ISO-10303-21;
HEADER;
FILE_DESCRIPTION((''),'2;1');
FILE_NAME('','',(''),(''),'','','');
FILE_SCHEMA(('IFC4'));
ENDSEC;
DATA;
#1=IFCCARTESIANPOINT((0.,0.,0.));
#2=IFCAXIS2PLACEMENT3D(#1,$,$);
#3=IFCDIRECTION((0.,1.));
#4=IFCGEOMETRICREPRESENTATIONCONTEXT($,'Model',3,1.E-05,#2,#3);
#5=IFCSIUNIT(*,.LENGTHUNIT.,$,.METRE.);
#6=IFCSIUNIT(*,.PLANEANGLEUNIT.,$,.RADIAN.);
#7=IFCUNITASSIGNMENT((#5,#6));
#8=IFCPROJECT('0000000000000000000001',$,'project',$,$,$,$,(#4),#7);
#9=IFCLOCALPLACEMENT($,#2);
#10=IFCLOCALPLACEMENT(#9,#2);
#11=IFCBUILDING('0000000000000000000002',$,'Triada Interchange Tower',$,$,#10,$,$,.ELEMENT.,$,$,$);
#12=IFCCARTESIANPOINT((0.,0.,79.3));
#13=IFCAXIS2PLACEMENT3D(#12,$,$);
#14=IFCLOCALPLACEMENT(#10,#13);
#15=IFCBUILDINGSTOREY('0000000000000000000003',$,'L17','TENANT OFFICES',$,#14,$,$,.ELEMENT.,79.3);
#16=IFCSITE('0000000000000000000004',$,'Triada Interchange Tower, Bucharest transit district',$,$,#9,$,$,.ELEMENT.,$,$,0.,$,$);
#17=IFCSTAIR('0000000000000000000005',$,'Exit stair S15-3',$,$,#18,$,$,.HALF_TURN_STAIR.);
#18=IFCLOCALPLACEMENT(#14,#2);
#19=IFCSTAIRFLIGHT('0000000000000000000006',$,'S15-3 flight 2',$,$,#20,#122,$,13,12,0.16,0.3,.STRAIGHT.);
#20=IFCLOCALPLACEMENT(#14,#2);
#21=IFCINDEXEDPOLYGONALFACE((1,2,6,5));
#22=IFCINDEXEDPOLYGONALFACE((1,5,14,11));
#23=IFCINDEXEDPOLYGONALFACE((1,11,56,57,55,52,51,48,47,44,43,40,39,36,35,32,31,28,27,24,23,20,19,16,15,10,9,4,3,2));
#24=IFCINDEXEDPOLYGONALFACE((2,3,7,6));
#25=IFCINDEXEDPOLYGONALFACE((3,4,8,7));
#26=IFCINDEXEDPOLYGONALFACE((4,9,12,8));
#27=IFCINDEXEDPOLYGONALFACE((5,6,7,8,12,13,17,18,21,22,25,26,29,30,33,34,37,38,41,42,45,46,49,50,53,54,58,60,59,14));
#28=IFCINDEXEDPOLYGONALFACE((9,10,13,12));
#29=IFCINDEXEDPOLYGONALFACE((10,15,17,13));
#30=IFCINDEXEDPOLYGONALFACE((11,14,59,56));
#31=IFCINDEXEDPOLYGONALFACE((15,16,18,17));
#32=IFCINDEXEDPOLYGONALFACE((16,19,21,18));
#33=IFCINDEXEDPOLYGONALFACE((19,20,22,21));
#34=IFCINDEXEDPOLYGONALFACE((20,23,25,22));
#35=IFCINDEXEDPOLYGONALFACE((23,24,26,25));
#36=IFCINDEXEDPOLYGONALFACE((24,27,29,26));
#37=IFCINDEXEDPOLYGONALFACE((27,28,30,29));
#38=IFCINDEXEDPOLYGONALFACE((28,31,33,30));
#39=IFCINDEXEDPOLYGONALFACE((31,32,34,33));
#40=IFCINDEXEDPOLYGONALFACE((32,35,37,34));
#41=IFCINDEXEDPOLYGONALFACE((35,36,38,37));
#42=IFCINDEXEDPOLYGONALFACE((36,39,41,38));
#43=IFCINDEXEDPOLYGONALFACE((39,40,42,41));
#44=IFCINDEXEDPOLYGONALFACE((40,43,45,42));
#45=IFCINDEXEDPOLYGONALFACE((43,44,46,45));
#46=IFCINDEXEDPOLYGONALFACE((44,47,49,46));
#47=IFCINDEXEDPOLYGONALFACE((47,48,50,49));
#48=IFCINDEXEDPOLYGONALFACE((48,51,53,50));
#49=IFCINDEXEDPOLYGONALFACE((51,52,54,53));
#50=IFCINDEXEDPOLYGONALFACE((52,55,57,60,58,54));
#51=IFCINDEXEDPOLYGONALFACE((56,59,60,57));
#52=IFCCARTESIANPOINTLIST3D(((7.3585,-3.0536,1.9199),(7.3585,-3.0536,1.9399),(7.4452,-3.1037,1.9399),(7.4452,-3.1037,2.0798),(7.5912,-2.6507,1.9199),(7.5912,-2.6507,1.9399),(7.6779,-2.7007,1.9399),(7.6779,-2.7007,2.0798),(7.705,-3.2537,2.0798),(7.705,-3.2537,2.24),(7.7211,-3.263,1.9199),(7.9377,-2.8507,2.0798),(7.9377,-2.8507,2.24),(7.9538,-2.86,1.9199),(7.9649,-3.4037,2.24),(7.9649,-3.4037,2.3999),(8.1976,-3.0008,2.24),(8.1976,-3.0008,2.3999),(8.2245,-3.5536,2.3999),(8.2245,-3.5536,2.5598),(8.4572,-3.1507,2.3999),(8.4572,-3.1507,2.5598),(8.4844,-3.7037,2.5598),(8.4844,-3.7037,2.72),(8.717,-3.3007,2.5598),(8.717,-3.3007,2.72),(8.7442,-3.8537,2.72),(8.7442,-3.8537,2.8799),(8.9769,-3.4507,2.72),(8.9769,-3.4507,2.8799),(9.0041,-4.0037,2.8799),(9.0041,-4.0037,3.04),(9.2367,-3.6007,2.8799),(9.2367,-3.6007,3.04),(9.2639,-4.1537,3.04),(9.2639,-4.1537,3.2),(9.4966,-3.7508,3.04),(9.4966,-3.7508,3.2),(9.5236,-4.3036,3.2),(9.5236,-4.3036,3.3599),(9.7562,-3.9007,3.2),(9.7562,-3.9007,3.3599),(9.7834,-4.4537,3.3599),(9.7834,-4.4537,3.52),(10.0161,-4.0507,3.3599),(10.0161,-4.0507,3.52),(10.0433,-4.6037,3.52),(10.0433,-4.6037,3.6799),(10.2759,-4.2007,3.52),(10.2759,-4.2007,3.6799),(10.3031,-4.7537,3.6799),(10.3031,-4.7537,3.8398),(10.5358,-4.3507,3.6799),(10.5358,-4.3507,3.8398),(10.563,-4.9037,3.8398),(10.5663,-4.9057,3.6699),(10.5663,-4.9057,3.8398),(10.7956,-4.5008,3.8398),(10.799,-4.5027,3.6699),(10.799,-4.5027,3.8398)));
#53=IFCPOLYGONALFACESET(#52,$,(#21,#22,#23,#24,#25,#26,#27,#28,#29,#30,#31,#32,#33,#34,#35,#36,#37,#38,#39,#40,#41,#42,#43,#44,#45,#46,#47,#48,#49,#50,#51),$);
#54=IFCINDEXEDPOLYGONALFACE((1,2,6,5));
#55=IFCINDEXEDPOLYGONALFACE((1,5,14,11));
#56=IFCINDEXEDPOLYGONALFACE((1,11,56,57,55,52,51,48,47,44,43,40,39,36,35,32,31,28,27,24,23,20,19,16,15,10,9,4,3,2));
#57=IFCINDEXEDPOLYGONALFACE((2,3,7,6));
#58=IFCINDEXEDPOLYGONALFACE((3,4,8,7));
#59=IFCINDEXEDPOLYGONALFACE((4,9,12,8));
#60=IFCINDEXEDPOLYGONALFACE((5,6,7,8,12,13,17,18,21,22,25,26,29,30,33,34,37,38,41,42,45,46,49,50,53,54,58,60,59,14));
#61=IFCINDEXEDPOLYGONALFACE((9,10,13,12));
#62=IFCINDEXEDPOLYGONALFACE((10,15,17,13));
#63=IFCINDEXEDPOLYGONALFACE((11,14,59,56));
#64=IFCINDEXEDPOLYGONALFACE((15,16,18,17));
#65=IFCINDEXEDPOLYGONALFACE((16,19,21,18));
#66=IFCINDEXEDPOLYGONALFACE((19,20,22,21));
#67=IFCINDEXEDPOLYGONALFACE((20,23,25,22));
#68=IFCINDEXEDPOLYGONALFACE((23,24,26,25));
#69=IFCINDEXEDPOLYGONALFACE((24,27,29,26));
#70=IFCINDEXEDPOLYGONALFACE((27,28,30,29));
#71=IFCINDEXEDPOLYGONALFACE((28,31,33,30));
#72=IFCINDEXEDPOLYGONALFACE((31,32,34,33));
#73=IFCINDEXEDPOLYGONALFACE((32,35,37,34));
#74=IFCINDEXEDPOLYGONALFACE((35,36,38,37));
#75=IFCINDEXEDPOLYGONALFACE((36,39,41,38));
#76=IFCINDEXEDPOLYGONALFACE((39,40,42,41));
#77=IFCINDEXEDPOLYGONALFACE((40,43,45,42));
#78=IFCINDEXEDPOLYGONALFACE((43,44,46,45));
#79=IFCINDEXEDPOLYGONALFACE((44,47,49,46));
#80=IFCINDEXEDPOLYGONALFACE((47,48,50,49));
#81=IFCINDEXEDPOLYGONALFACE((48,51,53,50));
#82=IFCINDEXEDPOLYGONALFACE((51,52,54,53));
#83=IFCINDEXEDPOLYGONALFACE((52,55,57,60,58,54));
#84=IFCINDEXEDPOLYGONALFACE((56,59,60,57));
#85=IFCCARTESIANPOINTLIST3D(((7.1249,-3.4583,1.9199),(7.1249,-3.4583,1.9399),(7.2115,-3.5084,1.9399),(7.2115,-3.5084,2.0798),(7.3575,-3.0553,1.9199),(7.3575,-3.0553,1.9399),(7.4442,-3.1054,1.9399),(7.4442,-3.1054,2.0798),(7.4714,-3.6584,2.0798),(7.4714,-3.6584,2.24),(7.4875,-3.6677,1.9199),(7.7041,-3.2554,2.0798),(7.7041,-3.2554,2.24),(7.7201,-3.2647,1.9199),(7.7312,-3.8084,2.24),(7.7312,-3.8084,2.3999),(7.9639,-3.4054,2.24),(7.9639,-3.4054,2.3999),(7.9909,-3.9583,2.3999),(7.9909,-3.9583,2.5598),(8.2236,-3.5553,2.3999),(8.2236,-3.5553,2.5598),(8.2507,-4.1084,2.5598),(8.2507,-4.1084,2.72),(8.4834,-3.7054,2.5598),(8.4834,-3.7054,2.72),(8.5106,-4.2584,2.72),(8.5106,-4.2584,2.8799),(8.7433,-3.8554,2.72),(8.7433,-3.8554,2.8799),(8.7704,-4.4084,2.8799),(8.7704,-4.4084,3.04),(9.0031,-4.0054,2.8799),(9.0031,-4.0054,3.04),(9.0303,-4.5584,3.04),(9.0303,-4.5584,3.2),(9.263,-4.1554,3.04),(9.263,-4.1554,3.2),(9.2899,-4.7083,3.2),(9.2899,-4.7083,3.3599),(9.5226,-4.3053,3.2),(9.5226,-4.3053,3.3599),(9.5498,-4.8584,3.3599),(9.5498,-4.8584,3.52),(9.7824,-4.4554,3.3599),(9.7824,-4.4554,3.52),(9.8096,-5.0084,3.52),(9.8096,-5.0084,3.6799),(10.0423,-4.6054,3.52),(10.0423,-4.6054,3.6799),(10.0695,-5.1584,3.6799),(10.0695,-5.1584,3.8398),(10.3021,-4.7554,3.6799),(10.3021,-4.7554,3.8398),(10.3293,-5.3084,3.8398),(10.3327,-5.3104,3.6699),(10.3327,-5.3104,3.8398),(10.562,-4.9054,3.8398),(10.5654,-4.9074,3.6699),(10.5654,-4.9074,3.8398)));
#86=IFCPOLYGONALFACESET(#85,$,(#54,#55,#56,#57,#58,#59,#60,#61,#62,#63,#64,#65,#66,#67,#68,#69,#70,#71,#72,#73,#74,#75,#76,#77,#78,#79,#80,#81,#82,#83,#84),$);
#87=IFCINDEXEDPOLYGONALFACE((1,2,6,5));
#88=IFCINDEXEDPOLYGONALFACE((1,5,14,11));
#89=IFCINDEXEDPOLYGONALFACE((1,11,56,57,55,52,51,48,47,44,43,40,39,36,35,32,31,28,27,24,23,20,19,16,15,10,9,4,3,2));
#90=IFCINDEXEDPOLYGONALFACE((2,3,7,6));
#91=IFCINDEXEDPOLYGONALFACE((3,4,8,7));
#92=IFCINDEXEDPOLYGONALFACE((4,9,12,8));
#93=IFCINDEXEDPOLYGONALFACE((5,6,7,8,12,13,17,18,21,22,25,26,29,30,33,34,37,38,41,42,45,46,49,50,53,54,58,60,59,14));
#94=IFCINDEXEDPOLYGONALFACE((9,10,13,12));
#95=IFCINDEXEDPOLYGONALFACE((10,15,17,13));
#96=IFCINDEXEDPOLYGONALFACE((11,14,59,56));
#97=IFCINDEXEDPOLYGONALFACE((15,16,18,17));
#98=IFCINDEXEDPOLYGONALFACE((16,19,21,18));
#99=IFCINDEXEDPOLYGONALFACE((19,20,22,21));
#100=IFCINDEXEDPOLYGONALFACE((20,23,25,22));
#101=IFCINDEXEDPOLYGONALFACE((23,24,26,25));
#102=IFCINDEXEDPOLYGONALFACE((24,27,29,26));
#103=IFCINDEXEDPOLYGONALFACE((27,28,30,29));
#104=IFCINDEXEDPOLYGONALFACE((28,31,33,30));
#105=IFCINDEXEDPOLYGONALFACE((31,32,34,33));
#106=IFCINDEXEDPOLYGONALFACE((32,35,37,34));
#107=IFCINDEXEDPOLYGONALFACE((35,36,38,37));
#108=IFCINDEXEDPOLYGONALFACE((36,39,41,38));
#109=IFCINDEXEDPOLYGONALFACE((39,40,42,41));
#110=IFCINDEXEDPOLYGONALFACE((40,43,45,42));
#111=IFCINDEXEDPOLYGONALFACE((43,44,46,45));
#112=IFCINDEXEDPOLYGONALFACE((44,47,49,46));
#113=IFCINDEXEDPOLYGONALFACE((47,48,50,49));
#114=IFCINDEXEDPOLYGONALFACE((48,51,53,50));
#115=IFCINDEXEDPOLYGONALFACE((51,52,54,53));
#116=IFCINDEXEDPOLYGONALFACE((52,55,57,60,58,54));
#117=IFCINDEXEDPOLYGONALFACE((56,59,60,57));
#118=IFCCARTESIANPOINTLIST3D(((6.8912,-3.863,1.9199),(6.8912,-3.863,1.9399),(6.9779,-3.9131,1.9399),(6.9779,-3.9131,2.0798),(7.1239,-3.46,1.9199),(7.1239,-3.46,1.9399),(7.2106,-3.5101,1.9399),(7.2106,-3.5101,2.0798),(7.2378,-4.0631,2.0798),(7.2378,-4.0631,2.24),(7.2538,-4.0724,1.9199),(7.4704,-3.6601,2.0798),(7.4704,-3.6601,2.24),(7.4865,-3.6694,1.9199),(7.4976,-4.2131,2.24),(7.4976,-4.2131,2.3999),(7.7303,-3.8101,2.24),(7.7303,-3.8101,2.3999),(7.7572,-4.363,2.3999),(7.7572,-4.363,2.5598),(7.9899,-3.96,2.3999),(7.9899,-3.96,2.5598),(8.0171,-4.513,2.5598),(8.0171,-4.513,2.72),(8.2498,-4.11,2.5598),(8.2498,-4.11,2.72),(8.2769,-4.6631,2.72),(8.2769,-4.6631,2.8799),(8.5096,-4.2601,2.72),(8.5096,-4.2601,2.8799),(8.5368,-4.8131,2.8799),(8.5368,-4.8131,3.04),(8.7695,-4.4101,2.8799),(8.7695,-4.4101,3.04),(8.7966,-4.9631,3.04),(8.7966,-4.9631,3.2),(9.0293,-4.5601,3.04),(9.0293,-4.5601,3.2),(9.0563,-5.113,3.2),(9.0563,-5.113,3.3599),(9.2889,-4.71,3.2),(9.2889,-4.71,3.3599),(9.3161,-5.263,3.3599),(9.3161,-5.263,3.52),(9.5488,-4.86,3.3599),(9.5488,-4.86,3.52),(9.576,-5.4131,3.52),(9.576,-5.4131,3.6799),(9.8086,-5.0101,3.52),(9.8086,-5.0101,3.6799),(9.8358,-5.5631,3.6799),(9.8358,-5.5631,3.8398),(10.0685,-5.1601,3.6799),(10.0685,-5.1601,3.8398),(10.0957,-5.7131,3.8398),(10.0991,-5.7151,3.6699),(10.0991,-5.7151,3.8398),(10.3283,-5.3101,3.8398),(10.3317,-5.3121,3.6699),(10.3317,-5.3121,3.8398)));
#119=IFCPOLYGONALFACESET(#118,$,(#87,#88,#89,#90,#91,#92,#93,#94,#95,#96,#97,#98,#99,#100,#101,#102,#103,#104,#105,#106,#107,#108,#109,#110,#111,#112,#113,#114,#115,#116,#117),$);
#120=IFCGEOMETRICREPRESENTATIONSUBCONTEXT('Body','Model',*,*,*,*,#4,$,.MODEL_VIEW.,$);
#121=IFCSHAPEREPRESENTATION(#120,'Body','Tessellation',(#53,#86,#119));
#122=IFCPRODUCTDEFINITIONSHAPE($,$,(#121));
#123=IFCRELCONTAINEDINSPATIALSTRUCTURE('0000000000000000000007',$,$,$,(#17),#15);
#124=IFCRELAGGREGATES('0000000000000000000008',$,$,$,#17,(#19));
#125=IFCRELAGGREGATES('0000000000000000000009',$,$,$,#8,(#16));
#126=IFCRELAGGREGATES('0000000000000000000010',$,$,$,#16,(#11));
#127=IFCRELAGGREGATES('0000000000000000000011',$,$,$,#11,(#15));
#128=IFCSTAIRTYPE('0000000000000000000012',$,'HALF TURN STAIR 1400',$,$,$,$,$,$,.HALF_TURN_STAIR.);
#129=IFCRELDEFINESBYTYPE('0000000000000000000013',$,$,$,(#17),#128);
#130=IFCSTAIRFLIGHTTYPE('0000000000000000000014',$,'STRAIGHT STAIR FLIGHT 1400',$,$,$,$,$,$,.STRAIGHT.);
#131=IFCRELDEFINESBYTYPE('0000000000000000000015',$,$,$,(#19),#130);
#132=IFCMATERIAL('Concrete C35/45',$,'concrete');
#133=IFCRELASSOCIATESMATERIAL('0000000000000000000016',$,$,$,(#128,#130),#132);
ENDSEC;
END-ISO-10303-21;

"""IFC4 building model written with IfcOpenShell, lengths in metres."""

from ifc_helpers import new_model, si_unit, direction, frame, origin, place, context, subcontext, project, spatial, polyline, outline, extrude, material, type_object, element, aggregate, save


model = new_model("IFC4")

# Units and contexts
model_context = context("Model", 3, precision=1e-05, world=origin(), true_north=direction((0.0, 1.0)))
body_context = subcontext(model_context, "Body", "Model", "MODEL_VIEW")
ifc_project = project(units=[si_unit("LENGTHUNIT", "METRE"), si_unit("PLANEANGLEUNIT", "RADIAN")], contexts=[model_context])

# Site, building, storey
site_placement = place(None, origin())
site = spatial("IfcSite", under=ifc_project, at=site_placement, Name="Triada Interchange Tower, Bucharest transit district", CompositionType="ELEMENT", RefElevation=0.0)
building_placement = place(site_placement, origin())
building = spatial("IfcBuilding", under=site, at=building_placement, Name="Triada Interchange Tower", CompositionType="ELEMENT")
storey_placement = place(building_placement, frame((0.0, 0.0, 79.3)))
storey = spatial("IfcBuildingStorey", under=building, at=storey_placement, Name="L17", Description="TENANT OFFICES", CompositionType="ELEMENT", Elevation=79.3)

# Stair, stair flight
ifc_material_1 = material(Name="Concrete C35/45", Category="concrete")
stair_type = type_object("IfcStairType", Name="HALF TURN STAIR 1400", PredefinedType="HALF_TURN_STAIR", material=ifc_material_1)
stair_placement = place(storey_placement, origin())
stair = element("IfcStair", 1, at=stair_placement, inside=storey, type_object=stair_type, Name="Exit stair S15-3", PredefinedType="HALF_TURN_STAIR")
stair_flight_type = type_object("IfcStairFlightType", Name="STRAIGHT STAIR FLIGHT 1400", PredefinedType="STRAIGHT", material=ifc_material_1)
stair_flight_1_placement = place(storey_placement, frame((7.3279, -3.3069, 1.9199), z_axis=(0.0, 0.0, 1.0), x_axis=(0.866025, -0.5, 0.0)))
stair_flight_1 = element("IfcStairFlight", 2, at=stair_flight_1_placement, type_object=stair_flight_type, Name="S15-3 flight 2", NumberOfRisers=13, NumberOfTreads=12, PredefinedType="STRAIGHT", RiserHeight=0.16, TreadLength=0.3, context=body_context, shape_type="SweptSolid", body=[
    extrude(outline(polyline([(-0.1001, 0.0), (-0.1001, 0.02), (0.0, 0.02), (0.0, 0.1599), (0.3, 0.1599), (0.3, 0.3201), (0.6001, 0.3201), (0.6001, 0.48), (0.8999, 0.48), (0.8999, 0.6399), (1.2, 0.6399), (1.2, 0.8), (1.5, 0.8), (1.5, 0.96), (1.8, 0.96), (1.8, 1.1201), (2.1001, 1.1201), (2.1001, 1.28), (2.3999, 1.28), (2.3999, 1.4399), (2.7, 1.4399), (2.7, 1.6001), (3.0, 1.6001), (3.0, 1.76), (3.3, 1.76), (3.3, 1.9199), (3.6001, 1.9199), (3.604, 1.9199), (3.604, 2.0801), (3.604, 1.75), (0.3186, 0.0), (-0.1001, 0.0)])), frame((0.0, 0.7, 0.0), z_axis=(0.0, -1.0, 0.0), x_axis=(1.0, 0.0, 0.0)), (0.0, 0.0, 1.0), 0.4653),
    extrude(outline(polyline([(-0.1001, 0.0), (-0.1001, 0.02), (0.0, 0.02), (0.0, 0.1599), (0.3, 0.1599), (0.3, 0.3201), (0.6001, 0.3201), (0.6001, 0.48), (0.8999, 0.48), (0.8999, 0.6399), (1.2, 0.6399), (1.2, 0.8), (1.5, 0.8), (1.5, 0.96), (1.8, 0.96), (1.8, 1.1201), (2.1001, 1.1201), (2.1001, 1.28), (2.3999, 1.28), (2.3999, 1.4399), (2.7, 1.4399), (2.7, 1.6001), (3.0, 1.6001), (3.0, 1.76), (3.3, 1.76), (3.3, 1.9199), (3.6001, 1.9199), (3.604, 1.9199), (3.604, 2.0801), (3.604, 1.75), (0.3186, 0.0), (-0.1001, 0.0)])), frame((0.0, 0.2327, 0.0), z_axis=(0.0, -1.0, 0.0), x_axis=(1.0, 0.0, 0.0)), (0.0, 0.0, 1.0), 0.4653),
    extrude(outline(polyline([(-0.1001, 0.0), (-0.1001, 0.02), (0.0, 0.02), (0.0, 0.1599), (0.3, 0.1599), (0.3, 0.3201), (0.6001, 0.3201), (0.6001, 0.48), (0.8999, 0.48), (0.8999, 0.6399), (1.2, 0.6399), (1.2, 0.8), (1.5, 0.8), (1.5, 0.96), (1.8, 0.96), (1.8, 1.1201), (2.1001, 1.1201), (2.1001, 1.28), (2.3999, 1.28), (2.3999, 1.4399), (2.7, 1.4399), (2.7, 1.6001), (3.0, 1.6001), (3.0, 1.76), (3.3, 1.76), (3.3, 1.9199), (3.6001, 1.9199), (3.604, 1.9199), (3.604, 2.0801), (3.604, 1.75), (0.3186, 0.0), (-0.1001, 0.0)])), frame((0.0, -0.2346, 0.0), z_axis=(0.0, -1.0, 0.0), x_axis=(1.0, 0.0, 0.0)), (0.0, 0.0, 1.0), 0.4653),
])
aggregate(stair, [stair_flight_1])

save(model, "model.ifc")
